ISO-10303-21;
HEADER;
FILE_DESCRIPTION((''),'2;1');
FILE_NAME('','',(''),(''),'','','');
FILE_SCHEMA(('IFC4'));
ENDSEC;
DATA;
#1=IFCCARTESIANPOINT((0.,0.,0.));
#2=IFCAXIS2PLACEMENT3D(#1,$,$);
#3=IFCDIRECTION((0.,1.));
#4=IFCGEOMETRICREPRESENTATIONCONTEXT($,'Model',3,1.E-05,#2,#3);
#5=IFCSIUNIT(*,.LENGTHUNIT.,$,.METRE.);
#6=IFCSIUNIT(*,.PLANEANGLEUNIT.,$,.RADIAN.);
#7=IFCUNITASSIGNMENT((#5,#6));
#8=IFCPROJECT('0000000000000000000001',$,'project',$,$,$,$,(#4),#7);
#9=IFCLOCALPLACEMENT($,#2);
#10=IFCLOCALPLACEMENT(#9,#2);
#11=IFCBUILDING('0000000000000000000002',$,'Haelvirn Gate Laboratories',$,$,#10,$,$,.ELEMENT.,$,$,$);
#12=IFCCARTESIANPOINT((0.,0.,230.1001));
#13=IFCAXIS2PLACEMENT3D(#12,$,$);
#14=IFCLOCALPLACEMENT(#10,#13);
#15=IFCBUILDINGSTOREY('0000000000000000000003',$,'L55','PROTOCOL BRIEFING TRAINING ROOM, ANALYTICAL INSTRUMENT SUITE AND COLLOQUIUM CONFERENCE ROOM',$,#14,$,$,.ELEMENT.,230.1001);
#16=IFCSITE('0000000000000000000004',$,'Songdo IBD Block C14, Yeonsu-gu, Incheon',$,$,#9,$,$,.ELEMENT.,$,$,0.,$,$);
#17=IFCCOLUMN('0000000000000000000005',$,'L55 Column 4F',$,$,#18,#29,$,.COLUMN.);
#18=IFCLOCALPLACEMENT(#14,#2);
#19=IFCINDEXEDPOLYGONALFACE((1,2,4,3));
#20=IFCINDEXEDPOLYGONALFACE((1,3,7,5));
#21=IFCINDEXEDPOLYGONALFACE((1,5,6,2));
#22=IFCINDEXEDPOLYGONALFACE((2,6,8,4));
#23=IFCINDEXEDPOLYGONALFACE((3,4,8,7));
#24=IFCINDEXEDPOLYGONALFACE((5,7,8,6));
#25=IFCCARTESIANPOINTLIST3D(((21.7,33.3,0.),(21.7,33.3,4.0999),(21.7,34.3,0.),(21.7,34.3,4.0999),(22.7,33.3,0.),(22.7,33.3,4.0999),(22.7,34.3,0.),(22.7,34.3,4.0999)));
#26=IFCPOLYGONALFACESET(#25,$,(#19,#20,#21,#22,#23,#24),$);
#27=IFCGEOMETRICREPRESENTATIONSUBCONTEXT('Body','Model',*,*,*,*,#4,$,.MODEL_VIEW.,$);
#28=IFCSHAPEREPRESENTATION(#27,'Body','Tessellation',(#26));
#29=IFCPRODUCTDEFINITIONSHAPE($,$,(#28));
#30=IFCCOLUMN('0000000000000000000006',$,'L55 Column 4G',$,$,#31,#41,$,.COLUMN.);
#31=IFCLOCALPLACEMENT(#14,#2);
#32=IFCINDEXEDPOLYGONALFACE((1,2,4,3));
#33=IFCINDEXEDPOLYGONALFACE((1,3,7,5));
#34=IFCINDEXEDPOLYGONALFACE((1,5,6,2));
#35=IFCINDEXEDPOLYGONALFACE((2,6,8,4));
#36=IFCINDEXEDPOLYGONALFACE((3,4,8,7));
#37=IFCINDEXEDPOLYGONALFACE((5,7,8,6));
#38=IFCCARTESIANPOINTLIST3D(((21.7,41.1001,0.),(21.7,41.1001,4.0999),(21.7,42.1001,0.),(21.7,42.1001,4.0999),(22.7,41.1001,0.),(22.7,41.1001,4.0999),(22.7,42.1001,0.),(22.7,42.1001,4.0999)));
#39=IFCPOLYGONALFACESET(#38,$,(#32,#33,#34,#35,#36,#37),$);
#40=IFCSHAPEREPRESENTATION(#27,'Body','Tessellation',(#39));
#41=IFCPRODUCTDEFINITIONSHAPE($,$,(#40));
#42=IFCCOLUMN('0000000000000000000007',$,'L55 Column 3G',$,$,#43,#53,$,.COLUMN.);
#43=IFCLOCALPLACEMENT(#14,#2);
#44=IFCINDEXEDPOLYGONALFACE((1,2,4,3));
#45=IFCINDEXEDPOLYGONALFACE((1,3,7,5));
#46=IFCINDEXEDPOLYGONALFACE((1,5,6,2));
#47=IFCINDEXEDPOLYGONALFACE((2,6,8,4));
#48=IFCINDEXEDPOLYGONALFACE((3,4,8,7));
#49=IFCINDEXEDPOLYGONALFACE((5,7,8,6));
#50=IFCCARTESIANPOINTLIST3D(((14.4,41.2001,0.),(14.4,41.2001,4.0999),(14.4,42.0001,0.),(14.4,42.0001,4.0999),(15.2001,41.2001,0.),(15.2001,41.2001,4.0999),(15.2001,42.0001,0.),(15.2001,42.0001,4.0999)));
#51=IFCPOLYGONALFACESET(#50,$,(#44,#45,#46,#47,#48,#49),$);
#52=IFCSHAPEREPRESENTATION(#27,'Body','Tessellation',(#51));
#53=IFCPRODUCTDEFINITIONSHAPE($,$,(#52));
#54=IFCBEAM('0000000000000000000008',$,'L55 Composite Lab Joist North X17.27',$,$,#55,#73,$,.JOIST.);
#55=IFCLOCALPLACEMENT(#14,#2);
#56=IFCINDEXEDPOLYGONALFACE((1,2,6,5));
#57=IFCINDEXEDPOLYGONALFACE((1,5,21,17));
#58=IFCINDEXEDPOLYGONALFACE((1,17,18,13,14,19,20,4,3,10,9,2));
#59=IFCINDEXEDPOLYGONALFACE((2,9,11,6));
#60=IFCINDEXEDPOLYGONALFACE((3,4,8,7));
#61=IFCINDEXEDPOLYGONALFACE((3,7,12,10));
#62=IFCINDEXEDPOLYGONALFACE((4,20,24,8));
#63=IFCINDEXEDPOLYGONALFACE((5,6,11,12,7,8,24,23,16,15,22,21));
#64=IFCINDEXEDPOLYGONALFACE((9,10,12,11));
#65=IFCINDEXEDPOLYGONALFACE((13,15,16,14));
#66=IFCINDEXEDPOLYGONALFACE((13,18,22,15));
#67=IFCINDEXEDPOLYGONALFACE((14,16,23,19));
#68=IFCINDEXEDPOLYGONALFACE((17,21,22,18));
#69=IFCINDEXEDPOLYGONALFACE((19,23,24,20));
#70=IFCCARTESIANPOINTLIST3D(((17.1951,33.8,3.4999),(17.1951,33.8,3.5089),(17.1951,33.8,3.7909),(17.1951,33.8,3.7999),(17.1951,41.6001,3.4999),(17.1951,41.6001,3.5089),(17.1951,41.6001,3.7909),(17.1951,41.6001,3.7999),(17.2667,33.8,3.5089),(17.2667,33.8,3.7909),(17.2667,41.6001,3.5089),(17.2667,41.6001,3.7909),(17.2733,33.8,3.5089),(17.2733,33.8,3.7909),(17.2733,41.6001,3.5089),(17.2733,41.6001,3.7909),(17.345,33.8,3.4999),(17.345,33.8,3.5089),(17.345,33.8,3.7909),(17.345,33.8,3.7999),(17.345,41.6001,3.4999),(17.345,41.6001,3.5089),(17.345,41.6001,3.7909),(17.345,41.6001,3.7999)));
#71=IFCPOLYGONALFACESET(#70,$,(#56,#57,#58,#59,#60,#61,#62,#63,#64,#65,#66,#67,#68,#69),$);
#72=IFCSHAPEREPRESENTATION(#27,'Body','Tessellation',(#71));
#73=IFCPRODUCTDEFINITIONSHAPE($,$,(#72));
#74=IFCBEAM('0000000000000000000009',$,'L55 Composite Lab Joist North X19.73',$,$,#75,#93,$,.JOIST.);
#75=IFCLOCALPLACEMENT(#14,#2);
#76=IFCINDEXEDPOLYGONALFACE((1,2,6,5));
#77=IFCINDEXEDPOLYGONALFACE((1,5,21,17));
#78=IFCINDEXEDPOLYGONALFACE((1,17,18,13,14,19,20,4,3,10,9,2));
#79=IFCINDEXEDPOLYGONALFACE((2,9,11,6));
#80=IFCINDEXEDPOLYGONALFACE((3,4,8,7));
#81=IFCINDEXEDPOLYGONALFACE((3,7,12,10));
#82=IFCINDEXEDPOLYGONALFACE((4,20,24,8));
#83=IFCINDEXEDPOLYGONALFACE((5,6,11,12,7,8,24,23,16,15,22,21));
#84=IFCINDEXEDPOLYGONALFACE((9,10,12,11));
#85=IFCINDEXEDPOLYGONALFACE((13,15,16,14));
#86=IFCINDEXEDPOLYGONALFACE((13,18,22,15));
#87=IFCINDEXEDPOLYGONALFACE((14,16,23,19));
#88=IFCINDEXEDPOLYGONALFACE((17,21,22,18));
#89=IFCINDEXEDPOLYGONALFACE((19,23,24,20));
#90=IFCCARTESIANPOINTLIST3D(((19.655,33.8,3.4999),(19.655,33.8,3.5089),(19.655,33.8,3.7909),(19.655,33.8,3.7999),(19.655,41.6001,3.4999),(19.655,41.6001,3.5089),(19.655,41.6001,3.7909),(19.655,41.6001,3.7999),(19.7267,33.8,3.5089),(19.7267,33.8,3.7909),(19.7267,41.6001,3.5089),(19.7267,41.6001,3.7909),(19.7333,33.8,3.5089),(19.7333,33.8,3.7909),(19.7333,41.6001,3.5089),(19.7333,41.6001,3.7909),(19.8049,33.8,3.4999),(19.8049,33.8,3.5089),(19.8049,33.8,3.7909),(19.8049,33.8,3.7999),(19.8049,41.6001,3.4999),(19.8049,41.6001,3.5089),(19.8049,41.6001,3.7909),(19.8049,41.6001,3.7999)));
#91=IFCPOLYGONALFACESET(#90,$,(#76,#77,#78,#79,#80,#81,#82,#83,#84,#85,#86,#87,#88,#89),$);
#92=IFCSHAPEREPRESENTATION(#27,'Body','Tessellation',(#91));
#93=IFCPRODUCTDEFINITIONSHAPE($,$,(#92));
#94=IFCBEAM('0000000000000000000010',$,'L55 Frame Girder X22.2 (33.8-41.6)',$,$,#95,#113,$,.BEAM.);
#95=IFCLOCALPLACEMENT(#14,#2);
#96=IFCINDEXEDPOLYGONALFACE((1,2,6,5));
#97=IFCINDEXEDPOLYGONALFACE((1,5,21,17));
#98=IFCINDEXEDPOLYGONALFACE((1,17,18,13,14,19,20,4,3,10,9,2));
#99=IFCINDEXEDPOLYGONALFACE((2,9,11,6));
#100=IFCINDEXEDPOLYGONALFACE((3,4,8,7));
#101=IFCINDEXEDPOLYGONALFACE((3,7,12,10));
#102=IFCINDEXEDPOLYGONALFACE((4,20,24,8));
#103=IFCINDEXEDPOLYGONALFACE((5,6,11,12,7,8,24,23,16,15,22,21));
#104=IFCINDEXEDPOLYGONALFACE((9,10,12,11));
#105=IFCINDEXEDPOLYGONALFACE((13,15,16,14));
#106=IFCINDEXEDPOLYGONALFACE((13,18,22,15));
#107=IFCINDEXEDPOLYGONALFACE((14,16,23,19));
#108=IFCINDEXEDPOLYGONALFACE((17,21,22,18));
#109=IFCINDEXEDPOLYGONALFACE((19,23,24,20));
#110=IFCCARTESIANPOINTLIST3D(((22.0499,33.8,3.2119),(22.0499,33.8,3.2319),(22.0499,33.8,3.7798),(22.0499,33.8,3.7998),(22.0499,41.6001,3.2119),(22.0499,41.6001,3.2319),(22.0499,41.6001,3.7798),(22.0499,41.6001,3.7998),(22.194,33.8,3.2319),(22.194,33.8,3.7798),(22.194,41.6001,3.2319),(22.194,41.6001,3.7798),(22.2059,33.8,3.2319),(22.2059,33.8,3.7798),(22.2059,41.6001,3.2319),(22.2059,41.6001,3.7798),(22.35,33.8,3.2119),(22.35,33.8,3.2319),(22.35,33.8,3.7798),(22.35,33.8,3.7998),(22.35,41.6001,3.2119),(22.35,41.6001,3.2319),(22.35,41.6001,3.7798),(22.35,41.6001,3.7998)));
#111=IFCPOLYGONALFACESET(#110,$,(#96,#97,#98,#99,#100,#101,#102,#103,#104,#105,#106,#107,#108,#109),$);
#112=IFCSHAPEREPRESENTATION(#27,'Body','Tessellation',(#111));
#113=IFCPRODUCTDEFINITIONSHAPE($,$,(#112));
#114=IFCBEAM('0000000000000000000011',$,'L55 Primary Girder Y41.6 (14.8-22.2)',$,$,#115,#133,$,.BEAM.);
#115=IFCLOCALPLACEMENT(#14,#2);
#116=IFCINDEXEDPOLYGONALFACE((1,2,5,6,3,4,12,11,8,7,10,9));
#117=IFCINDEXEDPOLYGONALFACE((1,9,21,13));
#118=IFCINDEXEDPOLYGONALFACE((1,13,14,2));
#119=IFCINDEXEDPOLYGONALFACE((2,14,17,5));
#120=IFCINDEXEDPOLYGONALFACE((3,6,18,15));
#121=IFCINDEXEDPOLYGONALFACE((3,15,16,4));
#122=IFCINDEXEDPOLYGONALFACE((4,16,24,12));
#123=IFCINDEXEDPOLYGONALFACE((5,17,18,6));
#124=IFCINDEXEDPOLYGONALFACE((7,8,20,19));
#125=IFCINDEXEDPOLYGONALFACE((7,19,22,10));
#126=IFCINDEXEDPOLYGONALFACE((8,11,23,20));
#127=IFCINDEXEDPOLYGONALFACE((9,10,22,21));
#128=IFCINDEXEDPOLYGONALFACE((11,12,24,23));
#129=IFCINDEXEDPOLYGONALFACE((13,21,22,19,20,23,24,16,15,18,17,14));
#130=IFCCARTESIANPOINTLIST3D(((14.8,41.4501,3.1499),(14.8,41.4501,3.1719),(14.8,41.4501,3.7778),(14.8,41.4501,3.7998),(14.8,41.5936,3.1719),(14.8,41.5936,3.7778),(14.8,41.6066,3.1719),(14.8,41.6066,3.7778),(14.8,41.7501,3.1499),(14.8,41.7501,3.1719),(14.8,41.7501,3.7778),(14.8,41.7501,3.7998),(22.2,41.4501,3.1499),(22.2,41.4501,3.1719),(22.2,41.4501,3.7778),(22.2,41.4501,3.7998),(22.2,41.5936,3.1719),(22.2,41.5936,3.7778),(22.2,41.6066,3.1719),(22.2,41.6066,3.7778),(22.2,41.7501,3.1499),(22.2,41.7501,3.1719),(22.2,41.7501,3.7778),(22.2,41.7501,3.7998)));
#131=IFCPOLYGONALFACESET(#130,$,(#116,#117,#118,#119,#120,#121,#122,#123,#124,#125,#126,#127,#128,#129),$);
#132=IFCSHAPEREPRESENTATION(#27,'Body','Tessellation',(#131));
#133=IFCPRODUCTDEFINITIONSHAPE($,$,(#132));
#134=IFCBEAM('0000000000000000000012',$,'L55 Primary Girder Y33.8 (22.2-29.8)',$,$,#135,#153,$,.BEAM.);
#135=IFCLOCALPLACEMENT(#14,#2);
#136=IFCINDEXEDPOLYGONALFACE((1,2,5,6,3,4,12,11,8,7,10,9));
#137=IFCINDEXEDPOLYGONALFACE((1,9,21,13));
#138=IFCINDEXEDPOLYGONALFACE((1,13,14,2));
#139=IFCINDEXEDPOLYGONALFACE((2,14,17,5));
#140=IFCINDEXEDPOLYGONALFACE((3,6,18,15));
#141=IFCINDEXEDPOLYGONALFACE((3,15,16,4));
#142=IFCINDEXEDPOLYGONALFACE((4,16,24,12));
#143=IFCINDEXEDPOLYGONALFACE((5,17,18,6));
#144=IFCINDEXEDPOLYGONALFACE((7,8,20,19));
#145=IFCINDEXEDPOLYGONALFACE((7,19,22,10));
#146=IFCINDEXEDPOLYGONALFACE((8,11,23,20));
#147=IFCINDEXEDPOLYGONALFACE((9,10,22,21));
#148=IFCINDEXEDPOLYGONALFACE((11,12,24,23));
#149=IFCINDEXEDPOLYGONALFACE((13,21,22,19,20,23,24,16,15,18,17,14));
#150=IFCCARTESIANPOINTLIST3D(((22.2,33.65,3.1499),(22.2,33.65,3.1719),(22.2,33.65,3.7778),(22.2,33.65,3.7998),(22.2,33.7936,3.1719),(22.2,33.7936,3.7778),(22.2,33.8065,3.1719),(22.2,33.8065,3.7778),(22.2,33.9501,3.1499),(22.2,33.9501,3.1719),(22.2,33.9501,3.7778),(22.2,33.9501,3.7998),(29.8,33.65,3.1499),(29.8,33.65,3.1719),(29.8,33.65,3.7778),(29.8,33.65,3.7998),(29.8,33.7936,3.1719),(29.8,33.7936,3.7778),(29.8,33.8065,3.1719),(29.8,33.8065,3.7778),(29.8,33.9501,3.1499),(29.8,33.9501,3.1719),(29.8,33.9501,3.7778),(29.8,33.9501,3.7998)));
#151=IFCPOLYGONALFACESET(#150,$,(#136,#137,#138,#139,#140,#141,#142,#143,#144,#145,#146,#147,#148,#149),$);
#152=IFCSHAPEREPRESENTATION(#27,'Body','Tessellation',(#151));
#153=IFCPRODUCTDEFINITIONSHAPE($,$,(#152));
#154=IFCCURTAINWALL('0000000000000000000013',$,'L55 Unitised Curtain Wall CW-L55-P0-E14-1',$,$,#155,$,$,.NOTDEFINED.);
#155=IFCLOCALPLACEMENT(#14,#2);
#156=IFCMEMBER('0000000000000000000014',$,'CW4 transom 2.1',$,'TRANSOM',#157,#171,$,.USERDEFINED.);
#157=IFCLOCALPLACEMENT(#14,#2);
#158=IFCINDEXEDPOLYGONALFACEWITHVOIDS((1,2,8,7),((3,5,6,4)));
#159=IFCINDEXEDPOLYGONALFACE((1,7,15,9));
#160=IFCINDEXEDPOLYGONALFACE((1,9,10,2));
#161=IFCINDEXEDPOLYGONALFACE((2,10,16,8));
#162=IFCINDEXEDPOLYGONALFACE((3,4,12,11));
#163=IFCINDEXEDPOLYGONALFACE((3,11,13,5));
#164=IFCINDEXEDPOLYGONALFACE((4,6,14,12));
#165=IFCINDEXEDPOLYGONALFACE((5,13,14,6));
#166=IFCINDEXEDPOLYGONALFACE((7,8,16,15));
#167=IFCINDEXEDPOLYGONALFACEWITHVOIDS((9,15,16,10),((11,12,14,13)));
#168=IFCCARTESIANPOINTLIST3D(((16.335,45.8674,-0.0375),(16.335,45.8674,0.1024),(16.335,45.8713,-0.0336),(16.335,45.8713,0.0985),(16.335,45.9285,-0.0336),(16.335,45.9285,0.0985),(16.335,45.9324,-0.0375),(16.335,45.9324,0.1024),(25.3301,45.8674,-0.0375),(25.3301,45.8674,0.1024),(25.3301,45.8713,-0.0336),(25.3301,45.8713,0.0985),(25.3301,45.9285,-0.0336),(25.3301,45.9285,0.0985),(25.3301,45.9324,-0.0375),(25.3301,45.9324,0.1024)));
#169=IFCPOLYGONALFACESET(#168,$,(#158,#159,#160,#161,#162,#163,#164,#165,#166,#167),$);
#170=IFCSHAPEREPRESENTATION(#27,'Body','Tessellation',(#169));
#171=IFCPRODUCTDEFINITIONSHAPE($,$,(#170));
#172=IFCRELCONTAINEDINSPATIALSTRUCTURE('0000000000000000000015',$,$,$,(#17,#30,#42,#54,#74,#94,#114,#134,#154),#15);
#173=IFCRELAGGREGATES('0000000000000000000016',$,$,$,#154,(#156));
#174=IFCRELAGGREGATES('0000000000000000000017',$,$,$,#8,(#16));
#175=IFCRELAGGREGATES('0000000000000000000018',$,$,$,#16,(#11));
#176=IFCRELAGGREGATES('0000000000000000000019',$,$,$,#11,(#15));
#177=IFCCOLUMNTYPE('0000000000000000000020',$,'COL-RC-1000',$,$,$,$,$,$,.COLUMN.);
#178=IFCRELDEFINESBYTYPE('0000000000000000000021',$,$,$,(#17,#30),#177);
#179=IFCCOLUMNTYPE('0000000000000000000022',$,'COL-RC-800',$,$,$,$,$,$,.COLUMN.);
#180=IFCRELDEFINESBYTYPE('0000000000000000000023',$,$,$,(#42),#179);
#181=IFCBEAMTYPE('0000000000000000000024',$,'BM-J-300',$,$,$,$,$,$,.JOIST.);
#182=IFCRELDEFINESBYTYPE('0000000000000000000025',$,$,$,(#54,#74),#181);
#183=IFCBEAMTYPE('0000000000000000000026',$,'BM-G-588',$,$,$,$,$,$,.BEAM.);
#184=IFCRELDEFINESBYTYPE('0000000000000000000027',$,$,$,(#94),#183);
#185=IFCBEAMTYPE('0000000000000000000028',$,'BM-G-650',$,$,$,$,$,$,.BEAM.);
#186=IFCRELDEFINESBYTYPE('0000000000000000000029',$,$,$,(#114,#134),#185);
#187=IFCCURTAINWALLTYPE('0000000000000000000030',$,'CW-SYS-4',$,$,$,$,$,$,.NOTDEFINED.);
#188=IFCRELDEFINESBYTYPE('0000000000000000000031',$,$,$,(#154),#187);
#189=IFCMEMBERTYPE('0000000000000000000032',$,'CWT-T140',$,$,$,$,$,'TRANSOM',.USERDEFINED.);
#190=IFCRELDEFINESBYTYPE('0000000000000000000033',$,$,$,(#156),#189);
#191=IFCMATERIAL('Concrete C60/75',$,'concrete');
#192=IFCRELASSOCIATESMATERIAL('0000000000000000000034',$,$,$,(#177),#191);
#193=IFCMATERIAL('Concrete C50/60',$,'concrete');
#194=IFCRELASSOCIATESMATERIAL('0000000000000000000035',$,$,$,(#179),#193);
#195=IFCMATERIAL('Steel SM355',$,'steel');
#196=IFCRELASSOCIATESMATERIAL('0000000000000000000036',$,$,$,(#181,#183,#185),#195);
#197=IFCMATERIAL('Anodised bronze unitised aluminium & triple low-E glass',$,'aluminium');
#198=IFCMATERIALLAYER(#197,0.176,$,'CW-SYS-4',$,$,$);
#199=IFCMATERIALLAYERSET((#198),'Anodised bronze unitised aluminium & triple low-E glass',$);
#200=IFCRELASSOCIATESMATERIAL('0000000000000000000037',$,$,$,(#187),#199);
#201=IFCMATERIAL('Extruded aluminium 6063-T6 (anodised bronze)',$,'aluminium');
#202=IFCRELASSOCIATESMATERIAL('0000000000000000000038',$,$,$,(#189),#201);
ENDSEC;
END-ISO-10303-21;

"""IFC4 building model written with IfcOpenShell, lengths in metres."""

from ifc_helpers import new_model, si_unit, direction, frame, origin, origin_2d, place, context, subcontext, project, spatial, rectangle, hollow_rectangle, i_section, extrude, source, transform, mapped, material, layer, layer_set, material_profile, profile_set, type_object, type_shapes, element, aggregate, save


model = new_model("IFC4")

# Units and contexts
model_context = context("Model", 3, precision=1e-05, world=origin(), true_north=direction((0.0, 1.0)))
body_context = subcontext(model_context, "Body", "Model", "MODEL_VIEW")
ifc_project = project(units=[si_unit("LENGTHUNIT", "METRE"), si_unit("PLANEANGLEUNIT", "RADIAN")], contexts=[model_context])

# Site, building, storey
site_placement = place(None, origin())
site = spatial("IfcSite", under=ifc_project, at=site_placement, Name="Songdo IBD Block C14, Yeonsu-gu, Incheon", CompositionType="ELEMENT", RefElevation=0.0)
building_placement = place(site_placement, origin())
building = spatial("IfcBuilding", under=site, at=building_placement, Name="Haelvirn Gate Laboratories", CompositionType="ELEMENT")
storey_placement = place(building_placement, frame((0.0, 0.0, 230.1001)))
storey = spatial("IfcBuildingStorey", under=building, at=storey_placement, Name="L55", Description="PROTOCOL BRIEFING TRAINING ROOM, ANALYTICAL INSTRUMENT SUITE AND COLLOQUIUM CONFERENCE ROOM", CompositionType="ELEMENT", Elevation=230.1001)

# Columns
ifc_material_1 = material(Name="Concrete C60/75", Category="concrete")
ifc_material_profile_1 = material_profile(ifc_material_1, rectangle(XDim=1.0, YDim=1.0, at=origin_2d()), Name="RC-1000x1000")
ifc_profile_set_1 = profile_set([ifc_material_profile_1], Name="Concrete C60/75")
column_type_1 = type_object("IfcColumnType", Name="COL-RC-1000", PredefinedType="COLUMN", material=ifc_profile_set_1)
shared_shape_1 = source(origin(), body_context, "Body", "SweptSolid", [
    extrude(rectangle(XDim=1.0, YDim=1.0, at=origin_2d()), origin(), (0.0, 0.0, 1.0), 4.0999),
])
type_shapes(column_type_1, [shared_shape_1])
for number, where, z_axis, x_axis, name in (
    (1, (22.2, 33.8, 0.0), (0.0, 0.0, 1.0), (1.0, 0.0, 0.0), "L55 Column 4F"),
    (2, (22.2, 41.6001, 0.0), (0.0, 0.0, 1.0), (1.0, 0.0, 0.0), "L55 Column 4G"),
):
    element("IfcColumn", number, at=place(storey_placement, frame(where, z_axis=z_axis, x_axis=x_axis)), inside=storey, type_object=column_type_1, Name=name, PredefinedType="COLUMN", context=body_context, shape_type="MappedRepresentation", body=[
        mapped(shared_shape_1, transform((0.0, 0.0, 0.0), scale=1.0)),
    ])
ifc_material_2 = material(Name="Concrete C50/60", Category="concrete")
ifc_material_profile_2 = material_profile(ifc_material_2, rectangle(XDim=0.8, YDim=0.8, at=origin_2d()), Name="RC-800x800")
ifc_profile_set_2 = profile_set([ifc_material_profile_2], Name="Concrete C50/60")
column_type_2 = type_object("IfcColumnType", Name="COL-RC-800", PredefinedType="COLUMN", material=ifc_profile_set_2)
shared_shape_2 = source(origin(), body_context, "Body", "SweptSolid", [
    extrude(rectangle(XDim=0.8, YDim=0.8, at=origin_2d()), origin(), (0.0, 0.0, 1.0), 4.0999),
])
type_shapes(column_type_2, [shared_shape_2])
column_placement = place(storey_placement, frame((14.8, 41.6001, 0.0), z_axis=(0.0, 0.0, 1.0), x_axis=(1.0, 0.0, 0.0)))
element("IfcColumn", 3, at=column_placement, inside=storey, type_object=column_type_2, Name="L55 Column 3G", PredefinedType="COLUMN", context=body_context, shape_type="MappedRepresentation", body=[
    mapped(shared_shape_2, transform((0.0, 0.0, 0.0), scale=1.0)),
])

# Beams
ifc_material_3 = material(Name="Steel SM355", Category="steel")
ifc_material_profile_3 = material_profile(ifc_material_3, i_section(OverallWidth=0.1499, OverallDepth=0.3, WebThickness=0.0066, FlangeThickness=0.009, at=origin_2d()), Name="H-300x150x6.5x9")
ifc_profile_set_3 = profile_set([ifc_material_profile_3], Name="Steel SM355")
beam_type_1 = type_object("IfcBeamType", Name="BM-J-300", PredefinedType="JOIST", material=ifc_profile_set_3)
shared_shape_3 = source(origin(), body_context, "Body", "SweptSolid", [
    extrude(i_section(OverallWidth=0.1499, OverallDepth=0.3, WebThickness=0.0066, FlangeThickness=0.009, at=origin_2d()), origin(), (0.0, 0.0, 1.0), 7.8),
])
type_shapes(beam_type_1, [shared_shape_3])
for number, where, z_axis, x_axis, name in (
    (4, (17.27, 33.8, 3.6499), (0.0, 1.0, 0.0), (-1.0, 0.0, 0.0), "L55 Composite Lab Joist North X17.27"),
    (5, (19.73, 33.8, 3.6499), (0.0, 1.0, 0.0), (-1.0, 0.0, 0.0), "L55 Composite Lab Joist North X19.73"),
):
    element("IfcBeam", number, at=place(storey_placement, frame(where, z_axis=z_axis, x_axis=x_axis)), inside=storey, type_object=beam_type_1, Name=name, PredefinedType="JOIST", context=body_context, shape_type="MappedRepresentation", body=[
        mapped(shared_shape_3, transform((0.0, 0.0, 0.0), scale=1.0)),
    ])
ifc_material_profile_4 = material_profile(ifc_material_3, i_section(OverallWidth=0.3, OverallDepth=0.5879, WebThickness=0.012, FlangeThickness=0.02, at=origin_2d()), Name="H-588x300x12x20")
ifc_profile_set_4 = profile_set([ifc_material_profile_4], Name="Steel SM355")
beam_type_2 = type_object("IfcBeamType", Name="BM-G-588", PredefinedType="BEAM", material=ifc_profile_set_4)
shared_shape_4 = source(origin(), body_context, "Body", "SweptSolid", [
    extrude(i_section(OverallWidth=0.3, OverallDepth=0.5879, WebThickness=0.012, FlangeThickness=0.02, at=origin_2d()), origin(), (0.0, 0.0, 1.0), 7.8),
])
type_shapes(beam_type_2, [shared_shape_4])
beam_1_placement = place(storey_placement, frame((22.2, 33.8, 3.5059), z_axis=(0.0, 1.0, 0.0), x_axis=(-1.0, 0.0, 0.0)))
element("IfcBeam", 6, at=beam_1_placement, inside=storey, type_object=beam_type_2, Name="L55 Frame Girder X22.2 (33.8-41.6)", PredefinedType="BEAM", context=body_context, shape_type="MappedRepresentation", body=[
    mapped(shared_shape_4, transform((0.0, 0.0, 0.0), scale=1.0)),
])
ifc_material_profile_5 = material_profile(ifc_material_3, i_section(OverallWidth=0.3, OverallDepth=0.6499, WebThickness=0.0129, FlangeThickness=0.022, at=origin_2d()), Name="H-650x300x13x22")
ifc_profile_set_5 = profile_set([ifc_material_profile_5], Name="Steel SM355")
beam_type_3 = type_object("IfcBeamType", Name="BM-G-650", PredefinedType="BEAM", material=ifc_profile_set_5)
shared_shape_5 = source(origin(), body_context, "Body", "SweptSolid", [
    extrude(i_section(OverallWidth=0.3, OverallDepth=0.6499, WebThickness=0.0129, FlangeThickness=0.022, at=origin_2d()), origin(), (0.0, 0.0, 1.0), 7.3999),
])
beam_2_placement = place(storey_placement, frame((14.8, 41.6001, 3.4749), z_axis=(1.0, 0.0, 0.0), x_axis=(0.0, 1.0, 0.0)))
element("IfcBeam", 7, at=beam_2_placement, inside=storey, type_object=beam_type_3, Name="L55 Primary Girder Y41.6 (14.8-22.2)", PredefinedType="BEAM", context=body_context, shape_type="MappedRepresentation", body=[
    mapped(shared_shape_5, transform((0.0, 0.0, 0.0), scale=1.0)),
])
shared_shape_6 = source(origin(), body_context, "Body", "SweptSolid", [
    extrude(i_section(OverallWidth=0.3, OverallDepth=0.6499, WebThickness=0.0129, FlangeThickness=0.022, at=origin_2d()), origin(), (0.0, 0.0, 1.0), 7.6001),
])
type_shapes(beam_type_3, [shared_shape_5, shared_shape_6])
beam_3_placement = place(storey_placement, frame((22.2, 33.8, 3.4749), z_axis=(1.0, 0.0, 0.0), x_axis=(0.0, 1.0, 0.0)))
element("IfcBeam", 8, at=beam_3_placement, inside=storey, type_object=beam_type_3, Name="L55 Primary Girder Y33.8 (22.2-29.8)", PredefinedType="BEAM", context=body_context, shape_type="MappedRepresentation", body=[
    mapped(shared_shape_6, transform((0.0, 0.0, 0.0), scale=1.0)),
])

# Curtain wall, member
ifc_material_4 = material(Name="Anodised bronze unitised aluminium & triple low-E glass", Category="aluminium")
ifc_layer_1 = layer(ifc_material_4, 0.176, Name="CW-SYS-4")
ifc_layer_set_1 = layer_set([ifc_layer_1], Name="Anodised bronze unitised aluminium & triple low-E glass")
curtain_wall_type = type_object("IfcCurtainWallType", Name="CW-SYS-4", PredefinedType="NOTDEFINED", material=ifc_layer_set_1)
curtain_wall_placement = place(storey_placement, origin())
curtain_wall = element("IfcCurtainWall", 9, at=curtain_wall_placement, inside=storey, type_object=curtain_wall_type, Name="L55 Unitised Curtain Wall CW-L55-P0-E14-1", PredefinedType="NOTDEFINED")
ifc_material_5 = material(Name="Extruded aluminium 6063-T6 (anodised bronze)", Category="aluminium")
ifc_material_profile_6 = material_profile(ifc_material_5, hollow_rectangle(XDim=0.0649, YDim=0.1399, WallThickness=0.0039, at=origin_2d()), Name="CWT-140x65x4")
ifc_profile_set_6 = profile_set([ifc_material_profile_6], Name="Extruded aluminium 6063-T6 (anodised bronze)")
member_type_1 = type_object("IfcMemberType", Name="CWT-T140", ElementType="TRANSOM", PredefinedType="USERDEFINED", material=ifc_profile_set_6)
shared_shape_7 = source(origin(), body_context, "Body", "SweptSolid", [
    extrude(hollow_rectangle(XDim=0.0649, YDim=0.1399, WallThickness=0.0039, at=origin_2d()), origin(), (0.0, 0.0, 1.0), 8.9951),
])
type_shapes(member_type_1, [shared_shape_7])
member_1_placement = place(storey_placement, frame((16.335, 45.8999, 0.0325), z_axis=(1.0, 0.0, 0.0), x_axis=(0.0, 1.0, 0.0)))
member_1 = element("IfcMember", 10, at=member_1_placement, type_object=member_type_1, Name="CW4 transom 2.1", ObjectType="TRANSOM", PredefinedType="USERDEFINED", context=body_context, shape_type="MappedRepresentation", body=[
    mapped(shared_shape_7, transform((0.0, 0.0, 0.0), scale=1.0)),
])
aggregate(curtain_wall, [member_1])

save(model, "model.ifc")
